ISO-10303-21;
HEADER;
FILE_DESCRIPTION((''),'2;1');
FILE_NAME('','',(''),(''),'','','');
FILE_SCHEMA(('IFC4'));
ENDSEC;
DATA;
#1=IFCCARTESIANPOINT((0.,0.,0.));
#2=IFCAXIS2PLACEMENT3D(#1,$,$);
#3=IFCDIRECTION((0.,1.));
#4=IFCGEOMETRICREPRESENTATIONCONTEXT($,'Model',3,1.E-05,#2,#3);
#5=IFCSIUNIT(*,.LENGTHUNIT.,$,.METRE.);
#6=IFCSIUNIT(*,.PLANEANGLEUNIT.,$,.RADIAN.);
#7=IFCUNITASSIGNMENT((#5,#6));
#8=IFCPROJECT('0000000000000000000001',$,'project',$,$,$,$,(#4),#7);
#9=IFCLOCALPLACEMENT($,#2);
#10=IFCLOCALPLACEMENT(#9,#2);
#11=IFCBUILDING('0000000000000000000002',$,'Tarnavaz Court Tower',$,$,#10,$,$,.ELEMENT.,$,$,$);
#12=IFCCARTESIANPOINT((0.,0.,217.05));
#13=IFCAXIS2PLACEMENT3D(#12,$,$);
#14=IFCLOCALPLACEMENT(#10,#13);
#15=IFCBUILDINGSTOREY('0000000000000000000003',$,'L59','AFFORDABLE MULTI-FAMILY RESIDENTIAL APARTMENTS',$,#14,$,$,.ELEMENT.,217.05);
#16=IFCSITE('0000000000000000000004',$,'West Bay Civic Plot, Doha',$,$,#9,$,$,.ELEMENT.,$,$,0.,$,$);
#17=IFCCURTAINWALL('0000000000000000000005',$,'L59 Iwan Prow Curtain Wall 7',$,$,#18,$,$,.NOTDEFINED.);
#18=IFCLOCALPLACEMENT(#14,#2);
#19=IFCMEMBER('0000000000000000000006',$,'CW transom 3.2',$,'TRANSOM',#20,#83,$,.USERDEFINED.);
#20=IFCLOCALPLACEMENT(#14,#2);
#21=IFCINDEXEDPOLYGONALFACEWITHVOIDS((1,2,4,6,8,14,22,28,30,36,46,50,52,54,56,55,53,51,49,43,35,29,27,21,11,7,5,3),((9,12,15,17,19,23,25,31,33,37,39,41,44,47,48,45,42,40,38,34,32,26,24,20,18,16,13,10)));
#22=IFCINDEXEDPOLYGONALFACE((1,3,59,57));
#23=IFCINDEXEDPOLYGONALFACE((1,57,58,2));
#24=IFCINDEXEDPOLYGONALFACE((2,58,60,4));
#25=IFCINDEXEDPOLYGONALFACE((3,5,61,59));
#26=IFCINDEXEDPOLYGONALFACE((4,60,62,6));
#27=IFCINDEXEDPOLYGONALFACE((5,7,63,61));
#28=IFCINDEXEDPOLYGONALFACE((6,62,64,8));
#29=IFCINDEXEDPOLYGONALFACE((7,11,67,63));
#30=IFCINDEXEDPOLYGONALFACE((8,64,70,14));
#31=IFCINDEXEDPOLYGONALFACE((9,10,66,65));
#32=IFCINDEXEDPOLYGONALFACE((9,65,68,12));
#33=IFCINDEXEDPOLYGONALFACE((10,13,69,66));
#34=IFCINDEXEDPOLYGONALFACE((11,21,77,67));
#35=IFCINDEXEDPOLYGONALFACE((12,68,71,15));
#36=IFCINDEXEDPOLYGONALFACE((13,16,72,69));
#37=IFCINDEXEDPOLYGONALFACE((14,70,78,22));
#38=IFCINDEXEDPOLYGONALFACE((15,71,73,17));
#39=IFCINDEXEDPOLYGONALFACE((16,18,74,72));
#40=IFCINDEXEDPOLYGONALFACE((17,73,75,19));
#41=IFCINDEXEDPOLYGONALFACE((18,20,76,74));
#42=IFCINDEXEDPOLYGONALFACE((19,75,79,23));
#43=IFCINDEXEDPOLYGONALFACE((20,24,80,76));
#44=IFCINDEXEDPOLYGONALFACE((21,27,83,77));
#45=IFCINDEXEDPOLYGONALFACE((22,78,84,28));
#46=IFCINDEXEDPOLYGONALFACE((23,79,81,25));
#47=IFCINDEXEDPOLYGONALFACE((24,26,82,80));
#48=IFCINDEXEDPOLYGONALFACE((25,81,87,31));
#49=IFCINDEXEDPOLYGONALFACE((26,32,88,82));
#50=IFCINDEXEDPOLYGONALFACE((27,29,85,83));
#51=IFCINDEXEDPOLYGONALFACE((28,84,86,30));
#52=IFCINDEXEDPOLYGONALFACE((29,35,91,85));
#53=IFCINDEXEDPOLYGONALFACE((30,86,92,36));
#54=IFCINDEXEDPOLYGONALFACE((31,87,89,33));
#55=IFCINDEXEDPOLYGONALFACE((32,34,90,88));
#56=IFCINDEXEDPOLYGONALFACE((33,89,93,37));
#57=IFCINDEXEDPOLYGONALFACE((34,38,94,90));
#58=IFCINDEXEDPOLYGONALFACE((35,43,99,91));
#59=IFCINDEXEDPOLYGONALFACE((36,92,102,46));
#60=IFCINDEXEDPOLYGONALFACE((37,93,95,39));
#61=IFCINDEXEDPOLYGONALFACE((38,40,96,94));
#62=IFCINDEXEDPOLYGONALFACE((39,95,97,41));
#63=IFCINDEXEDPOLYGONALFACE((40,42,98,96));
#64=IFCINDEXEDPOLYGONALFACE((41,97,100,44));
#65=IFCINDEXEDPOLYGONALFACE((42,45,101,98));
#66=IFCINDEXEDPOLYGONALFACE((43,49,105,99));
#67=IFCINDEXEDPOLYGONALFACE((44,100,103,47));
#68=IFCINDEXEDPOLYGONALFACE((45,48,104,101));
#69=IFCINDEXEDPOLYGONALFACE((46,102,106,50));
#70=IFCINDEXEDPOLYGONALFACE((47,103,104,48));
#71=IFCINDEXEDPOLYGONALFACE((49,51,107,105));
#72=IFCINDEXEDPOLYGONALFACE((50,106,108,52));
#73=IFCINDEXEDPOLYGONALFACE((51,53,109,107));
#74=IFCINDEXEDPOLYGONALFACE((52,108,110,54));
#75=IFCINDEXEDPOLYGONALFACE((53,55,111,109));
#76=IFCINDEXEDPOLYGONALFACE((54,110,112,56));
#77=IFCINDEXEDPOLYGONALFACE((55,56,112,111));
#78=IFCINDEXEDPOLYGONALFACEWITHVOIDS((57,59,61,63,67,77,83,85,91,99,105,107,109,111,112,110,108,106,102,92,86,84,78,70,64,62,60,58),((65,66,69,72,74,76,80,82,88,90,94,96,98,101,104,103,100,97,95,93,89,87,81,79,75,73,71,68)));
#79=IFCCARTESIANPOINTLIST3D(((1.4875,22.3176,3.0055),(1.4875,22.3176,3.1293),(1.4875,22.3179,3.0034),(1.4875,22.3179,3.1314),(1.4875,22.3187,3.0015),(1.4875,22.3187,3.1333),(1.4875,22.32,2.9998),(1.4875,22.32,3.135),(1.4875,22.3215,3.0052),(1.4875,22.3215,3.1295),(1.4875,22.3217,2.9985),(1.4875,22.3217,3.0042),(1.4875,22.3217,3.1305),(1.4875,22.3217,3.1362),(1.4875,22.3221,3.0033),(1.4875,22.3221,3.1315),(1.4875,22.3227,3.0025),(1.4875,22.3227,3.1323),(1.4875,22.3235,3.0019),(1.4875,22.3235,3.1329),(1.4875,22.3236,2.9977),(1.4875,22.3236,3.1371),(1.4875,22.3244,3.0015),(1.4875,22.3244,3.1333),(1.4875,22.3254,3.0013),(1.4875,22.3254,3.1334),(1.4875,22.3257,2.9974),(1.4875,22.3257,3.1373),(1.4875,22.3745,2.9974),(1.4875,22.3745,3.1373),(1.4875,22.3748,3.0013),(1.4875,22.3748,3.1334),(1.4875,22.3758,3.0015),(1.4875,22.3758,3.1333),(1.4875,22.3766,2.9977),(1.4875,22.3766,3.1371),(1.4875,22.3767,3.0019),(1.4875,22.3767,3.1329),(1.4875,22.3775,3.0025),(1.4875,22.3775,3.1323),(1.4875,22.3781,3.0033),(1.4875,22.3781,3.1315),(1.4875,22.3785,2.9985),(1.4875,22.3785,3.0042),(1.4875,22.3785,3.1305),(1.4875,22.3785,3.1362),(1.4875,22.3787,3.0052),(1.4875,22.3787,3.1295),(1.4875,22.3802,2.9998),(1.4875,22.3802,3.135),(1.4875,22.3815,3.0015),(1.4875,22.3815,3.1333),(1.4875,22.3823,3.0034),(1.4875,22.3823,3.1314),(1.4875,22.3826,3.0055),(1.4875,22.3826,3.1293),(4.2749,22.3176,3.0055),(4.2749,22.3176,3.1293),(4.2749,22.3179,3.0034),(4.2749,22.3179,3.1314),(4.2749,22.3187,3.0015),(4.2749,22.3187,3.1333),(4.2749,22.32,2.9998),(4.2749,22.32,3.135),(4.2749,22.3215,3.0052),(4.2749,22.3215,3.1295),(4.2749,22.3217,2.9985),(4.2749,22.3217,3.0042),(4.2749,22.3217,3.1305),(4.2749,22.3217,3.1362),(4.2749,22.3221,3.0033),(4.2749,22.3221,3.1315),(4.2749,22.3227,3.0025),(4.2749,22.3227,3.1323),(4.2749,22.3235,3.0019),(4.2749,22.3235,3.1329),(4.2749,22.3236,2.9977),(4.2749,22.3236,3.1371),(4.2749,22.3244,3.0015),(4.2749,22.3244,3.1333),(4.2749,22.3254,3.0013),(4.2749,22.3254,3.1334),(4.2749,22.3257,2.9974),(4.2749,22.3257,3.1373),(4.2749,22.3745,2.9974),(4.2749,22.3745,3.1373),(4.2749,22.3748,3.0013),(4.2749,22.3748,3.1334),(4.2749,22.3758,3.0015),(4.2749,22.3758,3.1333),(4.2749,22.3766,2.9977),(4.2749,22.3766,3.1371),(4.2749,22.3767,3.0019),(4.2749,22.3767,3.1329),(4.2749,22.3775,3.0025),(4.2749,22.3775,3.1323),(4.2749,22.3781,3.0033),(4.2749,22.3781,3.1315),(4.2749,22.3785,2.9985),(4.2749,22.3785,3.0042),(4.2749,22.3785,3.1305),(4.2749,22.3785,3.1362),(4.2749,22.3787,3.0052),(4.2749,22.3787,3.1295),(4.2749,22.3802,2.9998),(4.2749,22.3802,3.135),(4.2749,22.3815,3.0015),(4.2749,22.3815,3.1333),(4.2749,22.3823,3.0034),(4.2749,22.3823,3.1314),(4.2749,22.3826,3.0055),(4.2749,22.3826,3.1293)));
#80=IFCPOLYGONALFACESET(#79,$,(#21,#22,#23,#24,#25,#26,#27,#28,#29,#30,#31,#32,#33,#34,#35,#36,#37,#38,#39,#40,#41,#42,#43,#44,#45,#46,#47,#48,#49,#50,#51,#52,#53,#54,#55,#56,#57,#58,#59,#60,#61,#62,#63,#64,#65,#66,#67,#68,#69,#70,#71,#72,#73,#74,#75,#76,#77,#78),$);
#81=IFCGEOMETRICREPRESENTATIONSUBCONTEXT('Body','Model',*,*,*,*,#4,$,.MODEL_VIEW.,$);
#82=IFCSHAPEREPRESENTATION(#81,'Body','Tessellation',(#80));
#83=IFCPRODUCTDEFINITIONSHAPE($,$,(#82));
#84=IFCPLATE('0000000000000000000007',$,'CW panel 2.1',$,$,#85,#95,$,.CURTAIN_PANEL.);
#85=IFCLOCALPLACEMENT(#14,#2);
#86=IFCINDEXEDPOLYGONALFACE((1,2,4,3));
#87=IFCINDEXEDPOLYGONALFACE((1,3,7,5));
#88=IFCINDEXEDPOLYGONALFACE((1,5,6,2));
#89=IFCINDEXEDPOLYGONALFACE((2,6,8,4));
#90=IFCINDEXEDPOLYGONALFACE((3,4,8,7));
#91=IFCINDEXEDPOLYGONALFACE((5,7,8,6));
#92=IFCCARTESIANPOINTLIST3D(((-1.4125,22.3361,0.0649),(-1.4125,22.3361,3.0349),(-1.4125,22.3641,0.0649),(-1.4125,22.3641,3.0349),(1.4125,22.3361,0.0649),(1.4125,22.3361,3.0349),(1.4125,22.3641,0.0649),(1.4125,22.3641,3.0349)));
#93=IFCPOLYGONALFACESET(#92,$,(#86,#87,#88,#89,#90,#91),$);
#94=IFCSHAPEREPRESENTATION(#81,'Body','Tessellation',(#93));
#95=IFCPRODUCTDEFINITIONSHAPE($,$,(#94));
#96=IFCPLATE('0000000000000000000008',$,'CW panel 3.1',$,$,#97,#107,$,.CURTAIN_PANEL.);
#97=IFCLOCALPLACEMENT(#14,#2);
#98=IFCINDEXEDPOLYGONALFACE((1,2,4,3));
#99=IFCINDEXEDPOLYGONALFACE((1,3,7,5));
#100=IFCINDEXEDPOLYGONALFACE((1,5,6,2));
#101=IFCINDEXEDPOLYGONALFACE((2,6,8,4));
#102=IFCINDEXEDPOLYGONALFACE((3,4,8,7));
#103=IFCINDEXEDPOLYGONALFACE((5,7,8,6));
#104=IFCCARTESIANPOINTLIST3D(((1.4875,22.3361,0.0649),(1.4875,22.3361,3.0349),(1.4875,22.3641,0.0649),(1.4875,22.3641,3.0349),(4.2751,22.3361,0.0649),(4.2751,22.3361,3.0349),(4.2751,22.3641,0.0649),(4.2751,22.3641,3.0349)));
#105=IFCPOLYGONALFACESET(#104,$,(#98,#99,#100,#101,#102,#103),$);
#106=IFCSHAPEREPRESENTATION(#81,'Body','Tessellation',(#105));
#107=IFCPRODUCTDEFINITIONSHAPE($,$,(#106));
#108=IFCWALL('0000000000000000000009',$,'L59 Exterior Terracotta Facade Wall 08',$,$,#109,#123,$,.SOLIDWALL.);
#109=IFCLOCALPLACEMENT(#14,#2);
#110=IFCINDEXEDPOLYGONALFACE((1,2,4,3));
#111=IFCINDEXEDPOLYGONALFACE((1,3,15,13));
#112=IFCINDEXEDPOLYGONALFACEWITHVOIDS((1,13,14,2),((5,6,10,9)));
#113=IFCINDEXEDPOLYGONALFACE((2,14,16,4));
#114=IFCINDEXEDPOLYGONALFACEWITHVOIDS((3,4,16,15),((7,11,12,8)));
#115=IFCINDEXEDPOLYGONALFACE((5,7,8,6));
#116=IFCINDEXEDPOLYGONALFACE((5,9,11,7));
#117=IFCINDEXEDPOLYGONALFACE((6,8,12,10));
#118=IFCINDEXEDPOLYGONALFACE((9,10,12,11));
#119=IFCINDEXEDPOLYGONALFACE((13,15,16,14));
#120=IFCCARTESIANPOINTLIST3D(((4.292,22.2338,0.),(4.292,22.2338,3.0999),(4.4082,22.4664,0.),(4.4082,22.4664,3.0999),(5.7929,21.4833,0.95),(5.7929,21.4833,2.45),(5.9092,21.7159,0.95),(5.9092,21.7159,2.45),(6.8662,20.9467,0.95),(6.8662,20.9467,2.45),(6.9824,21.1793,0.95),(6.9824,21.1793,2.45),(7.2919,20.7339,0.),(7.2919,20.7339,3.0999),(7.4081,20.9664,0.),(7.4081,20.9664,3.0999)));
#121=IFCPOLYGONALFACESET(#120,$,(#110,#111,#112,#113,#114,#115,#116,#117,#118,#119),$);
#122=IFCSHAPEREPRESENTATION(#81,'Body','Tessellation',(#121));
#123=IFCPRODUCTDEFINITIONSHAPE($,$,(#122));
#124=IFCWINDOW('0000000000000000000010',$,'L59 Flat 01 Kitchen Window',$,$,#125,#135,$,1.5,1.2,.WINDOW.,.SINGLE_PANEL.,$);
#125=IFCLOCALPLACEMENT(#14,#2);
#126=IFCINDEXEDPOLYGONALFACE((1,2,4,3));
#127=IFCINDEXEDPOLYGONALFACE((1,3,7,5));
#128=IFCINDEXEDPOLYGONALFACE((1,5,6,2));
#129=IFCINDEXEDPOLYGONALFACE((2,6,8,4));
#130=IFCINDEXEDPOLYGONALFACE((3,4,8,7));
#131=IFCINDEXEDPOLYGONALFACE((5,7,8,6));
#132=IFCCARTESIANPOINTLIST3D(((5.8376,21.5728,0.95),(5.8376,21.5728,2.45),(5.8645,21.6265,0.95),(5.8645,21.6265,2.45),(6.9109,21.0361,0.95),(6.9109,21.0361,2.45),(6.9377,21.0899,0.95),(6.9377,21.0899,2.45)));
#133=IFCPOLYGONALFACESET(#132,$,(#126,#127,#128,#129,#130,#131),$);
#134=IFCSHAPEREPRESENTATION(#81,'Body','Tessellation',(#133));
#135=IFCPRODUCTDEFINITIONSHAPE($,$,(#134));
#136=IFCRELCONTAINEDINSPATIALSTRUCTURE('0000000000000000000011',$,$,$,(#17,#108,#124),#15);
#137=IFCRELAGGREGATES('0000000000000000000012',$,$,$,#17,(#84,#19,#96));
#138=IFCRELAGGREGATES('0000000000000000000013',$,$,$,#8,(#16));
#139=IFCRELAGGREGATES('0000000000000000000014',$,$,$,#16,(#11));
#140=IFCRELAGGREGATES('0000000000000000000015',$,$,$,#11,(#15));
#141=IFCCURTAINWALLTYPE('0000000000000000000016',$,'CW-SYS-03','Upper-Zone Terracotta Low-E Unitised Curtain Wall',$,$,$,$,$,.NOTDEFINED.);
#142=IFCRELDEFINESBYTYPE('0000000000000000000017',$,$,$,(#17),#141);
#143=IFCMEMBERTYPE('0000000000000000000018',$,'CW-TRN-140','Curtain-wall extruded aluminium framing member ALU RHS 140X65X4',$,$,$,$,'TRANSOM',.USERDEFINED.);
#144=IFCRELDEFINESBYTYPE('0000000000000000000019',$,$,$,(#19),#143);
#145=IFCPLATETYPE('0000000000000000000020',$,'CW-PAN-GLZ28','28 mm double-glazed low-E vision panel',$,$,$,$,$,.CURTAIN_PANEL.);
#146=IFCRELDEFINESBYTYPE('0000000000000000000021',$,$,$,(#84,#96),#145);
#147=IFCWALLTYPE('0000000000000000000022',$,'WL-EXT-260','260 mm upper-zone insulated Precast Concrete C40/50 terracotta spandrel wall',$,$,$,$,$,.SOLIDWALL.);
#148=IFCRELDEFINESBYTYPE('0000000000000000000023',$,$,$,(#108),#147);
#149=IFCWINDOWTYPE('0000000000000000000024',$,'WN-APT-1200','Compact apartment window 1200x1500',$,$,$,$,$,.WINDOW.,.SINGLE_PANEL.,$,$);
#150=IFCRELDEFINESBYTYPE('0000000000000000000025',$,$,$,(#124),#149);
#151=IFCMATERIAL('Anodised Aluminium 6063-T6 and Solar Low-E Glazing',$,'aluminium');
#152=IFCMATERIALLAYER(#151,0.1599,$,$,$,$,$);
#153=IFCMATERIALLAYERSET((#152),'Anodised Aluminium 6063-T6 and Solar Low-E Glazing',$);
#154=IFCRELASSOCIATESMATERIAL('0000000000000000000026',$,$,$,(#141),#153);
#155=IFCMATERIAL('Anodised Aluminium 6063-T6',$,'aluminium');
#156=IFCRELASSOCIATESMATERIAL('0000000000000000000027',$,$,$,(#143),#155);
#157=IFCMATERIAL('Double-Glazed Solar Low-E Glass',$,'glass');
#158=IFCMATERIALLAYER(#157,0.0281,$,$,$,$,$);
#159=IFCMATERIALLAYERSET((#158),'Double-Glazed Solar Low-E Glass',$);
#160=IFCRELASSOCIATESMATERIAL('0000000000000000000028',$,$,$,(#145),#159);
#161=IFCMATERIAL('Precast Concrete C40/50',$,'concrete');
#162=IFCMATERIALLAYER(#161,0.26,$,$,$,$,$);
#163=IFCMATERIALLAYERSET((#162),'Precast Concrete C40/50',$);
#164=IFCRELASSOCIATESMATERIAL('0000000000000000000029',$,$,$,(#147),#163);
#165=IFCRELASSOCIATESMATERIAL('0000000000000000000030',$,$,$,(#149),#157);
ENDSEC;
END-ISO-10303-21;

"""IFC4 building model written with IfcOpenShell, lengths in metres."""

from ifc_helpers import new_model, si_unit, direction, frame, frame_2d, origin, origin_2d, place, context, subcontext, project, spatial, rectangle, hollow_rectangle, extrude, material, layer, layer_set, material_profile, profile_set, type_object, element, fill, aggregate, save


model = new_model("IFC4")

# Units and contexts
model_context = context("Model", 3, precision=1e-05, world=origin(), true_north=direction((0.0, 1.0)))
body_context = subcontext(model_context, "Body", "Model", "MODEL_VIEW")
ifc_project = project(units=[si_unit("LENGTHUNIT", "METRE"), si_unit("PLANEANGLEUNIT", "RADIAN")], contexts=[model_context])

# Site, building, storey
site_placement = place(None, origin())
site = spatial("IfcSite", under=ifc_project, at=site_placement, Name="West Bay Civic Plot, Doha", CompositionType="ELEMENT", RefElevation=0.0)
building_placement = place(site_placement, origin())
building = spatial("IfcBuilding", under=site, at=building_placement, Name="Tarnavaz Court Tower", CompositionType="ELEMENT")
storey_placement = place(building_placement, frame((0.0, 0.0, 217.05)))
storey = spatial("IfcBuildingStorey", under=building, at=storey_placement, Name="L59", Description="AFFORDABLE MULTI-FAMILY RESIDENTIAL APARTMENTS", CompositionType="ELEMENT", Elevation=217.05)

# Curtain wall, member, plates
ifc_material_1 = material(Name="Anodised Aluminium 6063-T6 and Solar Low-E Glazing", Category="aluminium")
ifc_layer_1 = layer(ifc_material_1, 0.1599)
ifc_layer_set_1 = layer_set([ifc_layer_1], Name="Anodised Aluminium 6063-T6 and Solar Low-E Glazing")
curtain_wall_type = type_object("IfcCurtainWallType", Name="CW-SYS-03", Description="Upper-Zone Terracotta Low-E Unitised Curtain Wall", PredefinedType="NOTDEFINED", material=ifc_layer_set_1)
curtain_wall_placement = place(storey_placement, origin())
curtain_wall = element("IfcCurtainWall", 1, at=curtain_wall_placement, inside=storey, type_object=curtain_wall_type, Name="L59 Iwan Prow Curtain Wall 7", PredefinedType="NOTDEFINED")
ifc_material_2 = material(Name="Anodised Aluminium 6063-T6", Category="aluminium")
ifc_material_profile_1 = material_profile(ifc_material_2, hollow_rectangle(XDim=0.0649, YDim=0.1399, WallThickness=0.0039, InnerFilletRadius=0.0039, OuterFilletRadius=0.0081, at=origin_2d()), Name="ALU RHS 140X65X4")
ifc_profile_set_1 = profile_set([ifc_material_profile_1], Name="Anodised Aluminium 6063-T6")
member_type_1 = type_object("IfcMemberType", Name="CW-TRN-140", Description="Curtain-wall extruded aluminium framing member ALU RHS 140X65X4", ElementType="TRANSOM", PredefinedType="USERDEFINED", material=ifc_profile_set_1)
member_1_placement = place(storey_placement, frame((1.4875, 22.3501, 3.0674), z_axis=(1.0, 0.0, 0.0), x_axis=(0.0, 1.0, 0.0)))
member_1 = element("IfcMember", 2, at=member_1_placement, type_object=member_type_1, Name="CW transom 3.2", ObjectType="TRANSOM", PredefinedType="USERDEFINED", context=body_context, shape_type="SweptSolid", body=[
    extrude(hollow_rectangle(XDim=0.0649, YDim=0.1399, WallThickness=0.0039, InnerFilletRadius=0.0039, OuterFilletRadius=0.0081, at=origin_2d()), origin(), (0.0, 0.0, 1.0), 2.7874),
])
ifc_material_3 = material(Name="Double-Glazed Solar Low-E Glass", Category="glass")
ifc_layer_2 = layer(ifc_material_3, 0.0281)
ifc_layer_set_2 = layer_set([ifc_layer_2], Name="Double-Glazed Solar Low-E Glass")
plate_type = type_object("IfcPlateType", Name="CW-PAN-GLZ28", Description="28 mm double-glazed low-E vision panel", PredefinedType="CURTAIN_PANEL", material=ifc_layer_set_2)
plate_1_placement = place(storey_placement, frame((0.0, 22.3501, 0.0649), z_axis=(0.0, 0.0, 1.0), x_axis=(1.0, 0.0, 0.0)))
plate_1 = element("IfcPlate", 3, at=plate_1_placement, type_object=plate_type, Name="CW panel 2.1", PredefinedType="CURTAIN_PANEL", context=body_context, shape_type="SweptSolid", body=[
    extrude(rectangle(XDim=2.825, YDim=0.0281, at=origin_2d()), origin(), (0.0, 0.0, 1.0), 2.97),
])
plate_2_placement = place(storey_placement, frame((2.8813, 22.3501, 0.0649), z_axis=(0.0, 0.0, 1.0), x_axis=(1.0, 0.0, 0.0)))
plate_2 = element("IfcPlate", 4, at=plate_2_placement, type_object=plate_type, Name="CW panel 3.1", PredefinedType="CURTAIN_PANEL", context=body_context, shape_type="SweptSolid", body=[
    extrude(rectangle(XDim=2.7876, YDim=0.0281, at=origin_2d()), origin(), (0.0, 0.0, 1.0), 2.97),
])
aggregate(curtain_wall, [plate_1, member_1, plate_2])

# Wall, opening, window
ifc_material_4 = material(Name="Precast Concrete C40/50", Category="concrete")
ifc_layer_3 = layer(ifc_material_4, 0.26)
ifc_layer_set_3 = layer_set([ifc_layer_3], Name="Precast Concrete C40/50")
wall_type_1 = type_object("IfcWallType", Name="WL-EXT-260", Description="260 mm upper-zone insulated Precast Concrete C40/50 terracotta spandrel wall", PredefinedType="SOLIDWALL", material=ifc_layer_set_3)
wall_1_placement = place(storey_placement, frame((4.3501, 22.3501, 0.0), z_axis=(0.0, 0.0, 1.0), x_axis=(0.894427, -0.447214, 0.0)))
wall_1 = element("IfcWall", 5, at=wall_1_placement, inside=storey, type_object=wall_type_1, Name="L59 Exterior Terracotta Facade Wall 08", PredefinedType="SOLIDWALL", context=body_context, shape_type="SweptSolid", body=[
    extrude(rectangle(XDim=3.354, YDim=0.26, at=frame_2d((1.677, 0.0))), origin(), (0.0, 0.0, 1.0), 3.0999),
])
opening_1_placement = place(wall_1_placement, frame((1.678, 0.0, 0.95)))
opening_1 = element("IfcOpeningElement", 6, at=opening_1_placement, cuts=wall_1, PredefinedType="OPENING", context=body_context, shape_type="SweptSolid", body=[
    extrude(rectangle(XDim=1.2, YDim=1.5, at=frame_2d((0.6001, 0.75))), frame((0.0, 0.1399, 0.0), z_axis=(0.0, -1.0, 0.0), x_axis=(1.0, 0.0, 0.0)), (0.0, 0.0, 1.0), 0.28),
])
window_type_1 = type_object("IfcWindowType", Name="WN-APT-1200", Description="Compact apartment window 1200x1500", PartitioningType="SINGLE_PANEL", PredefinedType="WINDOW", material=ifc_material_3)
window_1_placement = place(opening_1_placement, origin())
window_1 = element("IfcWindow", 7, at=window_1_placement, inside=storey, type_object=window_type_1, Name="L59 Flat 01 Kitchen Window", OverallHeight=1.5, OverallWidth=1.2, PartitioningType="SINGLE_PANEL", PredefinedType="WINDOW", context=body_context, shape_type="SweptSolid", body=[
    extrude(rectangle(XDim=1.2, YDim=1.5, at=frame_2d((0.6001, 0.75))), frame((0.0, 0.03, 0.0), z_axis=(0.0, -1.0, 0.0), x_axis=(1.0, 0.0, 0.0)), (0.0, 0.0, 1.0), 0.0601),
])
fill(opening_1, window_1)

save(model, "model.ifc")
